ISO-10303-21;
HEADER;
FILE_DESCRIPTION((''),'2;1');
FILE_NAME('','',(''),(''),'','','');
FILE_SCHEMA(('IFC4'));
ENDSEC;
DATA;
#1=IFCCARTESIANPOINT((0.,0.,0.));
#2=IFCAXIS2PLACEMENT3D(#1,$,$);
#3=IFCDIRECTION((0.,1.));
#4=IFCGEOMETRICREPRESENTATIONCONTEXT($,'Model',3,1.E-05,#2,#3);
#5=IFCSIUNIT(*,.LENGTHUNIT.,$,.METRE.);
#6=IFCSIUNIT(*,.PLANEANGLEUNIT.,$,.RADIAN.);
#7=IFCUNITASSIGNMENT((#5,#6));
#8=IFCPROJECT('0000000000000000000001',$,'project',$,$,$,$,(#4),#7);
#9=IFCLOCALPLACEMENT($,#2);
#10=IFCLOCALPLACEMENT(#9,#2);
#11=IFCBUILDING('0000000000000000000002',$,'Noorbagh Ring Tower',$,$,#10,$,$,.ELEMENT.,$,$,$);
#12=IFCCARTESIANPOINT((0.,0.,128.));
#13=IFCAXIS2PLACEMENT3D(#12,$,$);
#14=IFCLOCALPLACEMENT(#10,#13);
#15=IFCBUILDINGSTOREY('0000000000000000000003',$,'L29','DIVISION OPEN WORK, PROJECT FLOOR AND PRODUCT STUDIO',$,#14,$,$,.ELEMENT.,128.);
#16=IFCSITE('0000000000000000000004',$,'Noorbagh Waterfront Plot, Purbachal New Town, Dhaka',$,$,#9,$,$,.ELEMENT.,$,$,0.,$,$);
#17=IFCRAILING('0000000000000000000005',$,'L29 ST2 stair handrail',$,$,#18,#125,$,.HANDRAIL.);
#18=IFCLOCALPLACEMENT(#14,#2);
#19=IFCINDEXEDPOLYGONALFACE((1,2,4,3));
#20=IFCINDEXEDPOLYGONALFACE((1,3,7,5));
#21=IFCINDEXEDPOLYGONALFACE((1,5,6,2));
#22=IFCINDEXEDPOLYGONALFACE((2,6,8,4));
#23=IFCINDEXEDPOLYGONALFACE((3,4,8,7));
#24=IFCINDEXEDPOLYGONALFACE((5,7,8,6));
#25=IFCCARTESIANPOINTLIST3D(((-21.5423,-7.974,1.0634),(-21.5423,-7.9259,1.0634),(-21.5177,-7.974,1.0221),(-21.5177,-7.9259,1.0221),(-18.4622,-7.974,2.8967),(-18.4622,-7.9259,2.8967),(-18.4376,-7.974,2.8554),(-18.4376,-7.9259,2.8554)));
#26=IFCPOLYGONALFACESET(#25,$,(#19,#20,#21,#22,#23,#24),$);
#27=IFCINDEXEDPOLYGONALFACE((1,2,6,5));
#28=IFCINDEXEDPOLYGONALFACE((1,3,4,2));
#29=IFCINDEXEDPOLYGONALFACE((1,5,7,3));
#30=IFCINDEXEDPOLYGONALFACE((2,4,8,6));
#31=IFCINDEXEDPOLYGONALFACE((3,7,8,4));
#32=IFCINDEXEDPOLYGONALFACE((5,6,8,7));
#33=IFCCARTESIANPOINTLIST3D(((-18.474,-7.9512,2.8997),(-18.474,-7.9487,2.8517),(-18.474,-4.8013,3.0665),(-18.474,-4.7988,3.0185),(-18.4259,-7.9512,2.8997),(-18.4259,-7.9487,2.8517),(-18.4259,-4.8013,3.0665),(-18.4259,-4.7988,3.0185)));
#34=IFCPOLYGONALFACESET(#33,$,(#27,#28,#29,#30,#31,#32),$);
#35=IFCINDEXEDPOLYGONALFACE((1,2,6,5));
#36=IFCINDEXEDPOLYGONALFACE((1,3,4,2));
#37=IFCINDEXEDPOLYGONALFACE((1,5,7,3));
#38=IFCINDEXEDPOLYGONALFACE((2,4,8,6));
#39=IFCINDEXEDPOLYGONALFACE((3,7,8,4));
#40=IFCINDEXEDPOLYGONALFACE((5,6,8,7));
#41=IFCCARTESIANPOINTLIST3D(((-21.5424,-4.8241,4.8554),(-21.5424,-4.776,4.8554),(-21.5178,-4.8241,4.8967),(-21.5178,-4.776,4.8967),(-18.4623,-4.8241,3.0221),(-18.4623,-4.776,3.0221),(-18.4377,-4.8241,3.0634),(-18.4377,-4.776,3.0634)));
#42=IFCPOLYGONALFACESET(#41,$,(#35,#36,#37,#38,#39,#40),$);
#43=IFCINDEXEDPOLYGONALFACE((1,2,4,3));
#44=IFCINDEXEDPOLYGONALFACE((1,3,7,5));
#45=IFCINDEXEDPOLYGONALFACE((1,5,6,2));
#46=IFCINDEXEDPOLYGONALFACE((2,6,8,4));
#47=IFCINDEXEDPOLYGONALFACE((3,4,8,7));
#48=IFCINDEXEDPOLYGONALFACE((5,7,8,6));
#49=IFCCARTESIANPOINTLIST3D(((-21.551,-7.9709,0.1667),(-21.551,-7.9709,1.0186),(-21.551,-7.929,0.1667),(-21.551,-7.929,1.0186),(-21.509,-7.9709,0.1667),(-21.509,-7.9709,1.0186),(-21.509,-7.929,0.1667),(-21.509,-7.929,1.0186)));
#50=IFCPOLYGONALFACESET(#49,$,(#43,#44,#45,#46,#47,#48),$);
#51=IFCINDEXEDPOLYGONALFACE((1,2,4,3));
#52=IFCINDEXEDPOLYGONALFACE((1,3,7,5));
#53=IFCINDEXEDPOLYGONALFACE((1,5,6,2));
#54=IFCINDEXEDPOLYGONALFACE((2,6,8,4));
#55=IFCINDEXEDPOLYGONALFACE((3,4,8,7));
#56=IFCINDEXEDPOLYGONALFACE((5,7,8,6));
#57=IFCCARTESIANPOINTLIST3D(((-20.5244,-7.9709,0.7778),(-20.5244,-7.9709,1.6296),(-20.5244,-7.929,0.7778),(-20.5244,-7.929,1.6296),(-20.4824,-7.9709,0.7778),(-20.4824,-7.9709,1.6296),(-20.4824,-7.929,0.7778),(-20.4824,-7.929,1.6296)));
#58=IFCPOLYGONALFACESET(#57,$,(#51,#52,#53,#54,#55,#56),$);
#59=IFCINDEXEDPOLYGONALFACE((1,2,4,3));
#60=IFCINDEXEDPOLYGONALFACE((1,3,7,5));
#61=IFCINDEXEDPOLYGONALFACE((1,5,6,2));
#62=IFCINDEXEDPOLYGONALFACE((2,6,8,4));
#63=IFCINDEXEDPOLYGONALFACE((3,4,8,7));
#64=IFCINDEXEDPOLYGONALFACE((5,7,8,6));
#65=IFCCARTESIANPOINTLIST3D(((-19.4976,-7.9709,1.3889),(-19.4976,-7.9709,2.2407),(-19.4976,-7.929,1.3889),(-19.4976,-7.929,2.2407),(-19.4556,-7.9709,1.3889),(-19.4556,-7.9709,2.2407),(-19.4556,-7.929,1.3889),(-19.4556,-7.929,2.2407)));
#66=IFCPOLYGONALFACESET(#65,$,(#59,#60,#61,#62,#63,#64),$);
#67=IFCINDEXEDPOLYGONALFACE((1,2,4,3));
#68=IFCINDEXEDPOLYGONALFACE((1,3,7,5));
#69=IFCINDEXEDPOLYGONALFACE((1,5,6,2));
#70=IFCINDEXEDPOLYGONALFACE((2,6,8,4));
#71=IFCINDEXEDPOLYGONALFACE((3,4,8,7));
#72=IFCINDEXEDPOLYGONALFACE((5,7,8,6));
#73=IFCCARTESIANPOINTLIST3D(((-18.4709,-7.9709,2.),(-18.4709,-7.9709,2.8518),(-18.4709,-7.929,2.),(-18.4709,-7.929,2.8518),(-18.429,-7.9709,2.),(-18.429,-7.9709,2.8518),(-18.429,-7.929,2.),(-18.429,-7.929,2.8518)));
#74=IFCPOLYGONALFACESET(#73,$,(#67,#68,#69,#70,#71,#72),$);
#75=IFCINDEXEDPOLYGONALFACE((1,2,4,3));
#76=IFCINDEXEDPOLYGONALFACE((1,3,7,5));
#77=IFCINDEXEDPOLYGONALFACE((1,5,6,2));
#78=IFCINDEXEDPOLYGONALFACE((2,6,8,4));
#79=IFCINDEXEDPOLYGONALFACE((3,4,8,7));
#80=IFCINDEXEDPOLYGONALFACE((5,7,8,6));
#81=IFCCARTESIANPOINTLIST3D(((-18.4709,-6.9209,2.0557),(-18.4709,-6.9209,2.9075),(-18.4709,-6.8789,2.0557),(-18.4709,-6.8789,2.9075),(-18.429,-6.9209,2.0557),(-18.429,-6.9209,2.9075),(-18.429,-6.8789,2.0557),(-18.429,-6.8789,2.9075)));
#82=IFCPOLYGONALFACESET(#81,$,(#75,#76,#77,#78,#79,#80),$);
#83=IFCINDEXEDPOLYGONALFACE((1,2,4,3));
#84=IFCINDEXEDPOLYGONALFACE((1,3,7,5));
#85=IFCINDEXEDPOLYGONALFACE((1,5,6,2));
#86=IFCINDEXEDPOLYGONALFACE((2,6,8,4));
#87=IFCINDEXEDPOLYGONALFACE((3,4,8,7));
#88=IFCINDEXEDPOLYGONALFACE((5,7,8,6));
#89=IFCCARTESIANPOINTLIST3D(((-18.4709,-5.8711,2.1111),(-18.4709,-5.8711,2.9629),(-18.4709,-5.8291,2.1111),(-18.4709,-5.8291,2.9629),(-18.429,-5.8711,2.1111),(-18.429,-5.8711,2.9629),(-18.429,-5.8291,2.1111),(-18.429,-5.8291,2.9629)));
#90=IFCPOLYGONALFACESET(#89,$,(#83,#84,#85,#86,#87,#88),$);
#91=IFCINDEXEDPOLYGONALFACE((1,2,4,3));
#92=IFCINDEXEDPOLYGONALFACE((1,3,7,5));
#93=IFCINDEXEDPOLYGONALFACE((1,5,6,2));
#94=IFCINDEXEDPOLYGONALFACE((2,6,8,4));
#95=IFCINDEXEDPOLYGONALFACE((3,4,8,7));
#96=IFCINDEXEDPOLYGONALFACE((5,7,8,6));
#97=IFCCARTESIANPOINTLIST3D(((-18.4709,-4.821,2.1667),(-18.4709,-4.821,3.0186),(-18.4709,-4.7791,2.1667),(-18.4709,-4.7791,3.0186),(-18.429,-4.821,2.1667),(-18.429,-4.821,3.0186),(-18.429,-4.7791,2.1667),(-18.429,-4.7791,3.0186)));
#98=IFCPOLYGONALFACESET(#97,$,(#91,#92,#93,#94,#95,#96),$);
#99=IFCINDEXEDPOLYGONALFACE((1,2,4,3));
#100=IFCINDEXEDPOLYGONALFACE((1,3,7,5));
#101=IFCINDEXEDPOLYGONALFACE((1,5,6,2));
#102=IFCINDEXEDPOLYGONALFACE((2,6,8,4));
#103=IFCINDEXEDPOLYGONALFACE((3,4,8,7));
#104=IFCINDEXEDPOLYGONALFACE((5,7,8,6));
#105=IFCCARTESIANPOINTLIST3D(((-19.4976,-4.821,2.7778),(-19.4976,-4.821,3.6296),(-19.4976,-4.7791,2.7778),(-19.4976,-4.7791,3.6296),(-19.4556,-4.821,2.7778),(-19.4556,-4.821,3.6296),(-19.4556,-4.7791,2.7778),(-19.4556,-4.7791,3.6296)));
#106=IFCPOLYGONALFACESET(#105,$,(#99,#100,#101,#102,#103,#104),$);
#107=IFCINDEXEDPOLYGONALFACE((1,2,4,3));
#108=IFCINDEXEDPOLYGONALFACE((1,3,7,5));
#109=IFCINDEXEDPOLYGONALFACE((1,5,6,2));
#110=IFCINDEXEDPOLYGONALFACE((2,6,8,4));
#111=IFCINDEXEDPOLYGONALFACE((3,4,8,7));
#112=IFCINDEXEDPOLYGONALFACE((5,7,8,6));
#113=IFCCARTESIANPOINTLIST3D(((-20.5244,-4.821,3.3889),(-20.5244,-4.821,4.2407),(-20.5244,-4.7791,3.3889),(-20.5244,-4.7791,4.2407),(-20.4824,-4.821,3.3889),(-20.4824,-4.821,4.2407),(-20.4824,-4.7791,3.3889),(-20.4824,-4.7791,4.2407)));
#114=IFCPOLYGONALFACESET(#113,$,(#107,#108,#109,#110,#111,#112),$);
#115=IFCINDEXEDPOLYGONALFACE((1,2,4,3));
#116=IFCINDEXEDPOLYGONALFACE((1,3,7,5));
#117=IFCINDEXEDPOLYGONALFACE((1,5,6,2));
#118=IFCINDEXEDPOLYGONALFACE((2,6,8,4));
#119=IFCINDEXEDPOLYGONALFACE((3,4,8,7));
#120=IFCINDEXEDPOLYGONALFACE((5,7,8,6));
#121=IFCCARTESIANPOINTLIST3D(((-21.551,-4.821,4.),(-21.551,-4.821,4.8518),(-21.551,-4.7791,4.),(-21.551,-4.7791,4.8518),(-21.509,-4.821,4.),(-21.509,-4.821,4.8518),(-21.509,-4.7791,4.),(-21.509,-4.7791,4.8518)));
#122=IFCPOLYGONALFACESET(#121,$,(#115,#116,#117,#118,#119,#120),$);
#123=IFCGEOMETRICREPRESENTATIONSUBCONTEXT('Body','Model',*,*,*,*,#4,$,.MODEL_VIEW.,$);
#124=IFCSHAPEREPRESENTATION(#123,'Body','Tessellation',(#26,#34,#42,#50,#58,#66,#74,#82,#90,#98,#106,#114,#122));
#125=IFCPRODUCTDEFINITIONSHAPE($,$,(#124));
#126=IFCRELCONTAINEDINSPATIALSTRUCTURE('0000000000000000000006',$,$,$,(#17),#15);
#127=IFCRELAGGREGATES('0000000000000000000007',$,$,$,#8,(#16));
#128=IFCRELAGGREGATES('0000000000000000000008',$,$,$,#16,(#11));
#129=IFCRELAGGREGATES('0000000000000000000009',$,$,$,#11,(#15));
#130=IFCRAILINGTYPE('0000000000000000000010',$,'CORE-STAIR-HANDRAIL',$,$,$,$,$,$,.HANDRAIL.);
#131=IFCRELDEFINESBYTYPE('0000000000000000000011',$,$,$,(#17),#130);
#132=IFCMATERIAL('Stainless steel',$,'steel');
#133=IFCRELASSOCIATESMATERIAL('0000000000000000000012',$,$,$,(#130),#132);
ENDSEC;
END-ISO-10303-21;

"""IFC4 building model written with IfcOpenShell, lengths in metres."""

from ifc_helpers import new_model, si_unit, direction, frame, origin, origin_2d, place, context, subcontext, project, spatial, rectangle, extrude, material, type_object, element, save


model = new_model("IFC4")

# Units and contexts
model_context = context("Model", 3, precision=1e-05, world=origin(), true_north=direction((0.0, 1.0)))
body_context = subcontext(model_context, "Body", "Model", "MODEL_VIEW")
ifc_project = project(units=[si_unit("LENGTHUNIT", "METRE"), si_unit("PLANEANGLEUNIT", "RADIAN")], contexts=[model_context])

# Site, building, storey
site_placement = place(None, origin())
site = spatial("IfcSite", under=ifc_project, at=site_placement, Name="Noorbagh Waterfront Plot, Purbachal New Town, Dhaka", CompositionType="ELEMENT", RefElevation=0.0)
building_placement = place(site_placement, origin())
building = spatial("IfcBuilding", under=site, at=building_placement, Name="Noorbagh Ring Tower", CompositionType="ELEMENT")
storey_placement = place(building_placement, frame((0.0, 0.0, 128.0)))
storey = spatial("IfcBuildingStorey", under=building, at=storey_placement, Name="L29", Description="DIVISION OPEN WORK, PROJECT FLOOR AND PRODUCT STUDIO", CompositionType="ELEMENT", Elevation=128.0)

# Railing
ifc_material_1 = material(Name="Stainless steel", Category="steel")
railing_type_1 = type_object("IfcRailingType", Name="CORE-STAIR-HANDRAIL", PredefinedType="HANDRAIL", material=ifc_material_1)
railing_1_placement = place(storey_placement, frame((-21.53, -7.95, 0.1667)))
element("IfcRailing", 1, at=railing_1_placement, inside=storey, type_object=railing_type_1, Name="L29 ST2 stair handrail", PredefinedType="HANDRAIL", context=body_context, shape_type="SweptSolid", body=[
    extrude(rectangle(XDim=0.0481, YDim=0.0481, at=origin_2d()), frame((0.0, 0.0, 0.876), z_axis=(0.859309, 0.0, 0.511458), x_axis=(0.0, 1.0, 0.0)), (0.0, 0.0, 1.0), 3.5845),
    extrude(rectangle(XDim=0.0481, YDim=0.0481, at=origin_2d()), frame((3.0801, 0.0, 2.709), z_axis=(0.0, 0.998602, 0.052864), x_axis=(-1.0, 0.0, 0.0)), (0.0, 0.0, 1.0), 3.1543),
    extrude(rectangle(XDim=0.0481, YDim=0.0481, at=origin_2d()), frame((3.0801, 3.1499, 2.876), z_axis=(-0.859309, 0.0, 0.511458), x_axis=(0.0, -1.0, 0.0)), (0.0, 0.0, 1.0), 3.5845),
    extrude(rectangle(XDim=0.042, YDim=0.042, at=origin_2d()), origin(), (0.0, 0.0, 1.0), 0.8518),
    extrude(rectangle(XDim=0.042, YDim=0.042, at=origin_2d()), frame((1.0266, 0.0, 0.6111)), (0.0, 0.0, 1.0), 0.8518),
    extrude(rectangle(XDim=0.042, YDim=0.042, at=origin_2d()), frame((2.0535, 0.0, 1.2222)), (0.0, 0.0, 1.0), 0.8518),
    extrude(rectangle(XDim=0.042, YDim=0.042, at=origin_2d()), frame((3.0801, 0.0, 1.8333)), (0.0, 0.0, 1.0), 0.8518),
    extrude(rectangle(XDim=0.042, YDim=0.042, at=origin_2d()), frame((3.0801, 1.05, 1.8889)), (0.0, 0.0, 1.0), 0.8518),
    extrude(rectangle(XDim=0.042, YDim=0.042, at=origin_2d()), frame((3.0801, 2.0999, 1.9443)), (0.0, 0.0, 1.0), 0.8518),
    extrude(rectangle(XDim=0.042, YDim=0.042, at=origin_2d()), frame((3.0801, 3.1499, 2.0)), (0.0, 0.0, 1.0), 0.8518),
    extrude(rectangle(XDim=0.042, YDim=0.042, at=origin_2d()), frame((2.0535, 3.1499, 2.6111)), (0.0, 0.0, 1.0), 0.8518),
    extrude(rectangle(XDim=0.042, YDim=0.042, at=origin_2d()), frame((1.0266, 3.1499, 3.2222)), (0.0, 0.0, 1.0), 0.8518),
    extrude(rectangle(XDim=0.042, YDim=0.042, at=origin_2d()), frame((0.0, 3.1499, 3.8333)), (0.0, 0.0, 1.0), 0.8518),
])

save(model, "model.ifc")
